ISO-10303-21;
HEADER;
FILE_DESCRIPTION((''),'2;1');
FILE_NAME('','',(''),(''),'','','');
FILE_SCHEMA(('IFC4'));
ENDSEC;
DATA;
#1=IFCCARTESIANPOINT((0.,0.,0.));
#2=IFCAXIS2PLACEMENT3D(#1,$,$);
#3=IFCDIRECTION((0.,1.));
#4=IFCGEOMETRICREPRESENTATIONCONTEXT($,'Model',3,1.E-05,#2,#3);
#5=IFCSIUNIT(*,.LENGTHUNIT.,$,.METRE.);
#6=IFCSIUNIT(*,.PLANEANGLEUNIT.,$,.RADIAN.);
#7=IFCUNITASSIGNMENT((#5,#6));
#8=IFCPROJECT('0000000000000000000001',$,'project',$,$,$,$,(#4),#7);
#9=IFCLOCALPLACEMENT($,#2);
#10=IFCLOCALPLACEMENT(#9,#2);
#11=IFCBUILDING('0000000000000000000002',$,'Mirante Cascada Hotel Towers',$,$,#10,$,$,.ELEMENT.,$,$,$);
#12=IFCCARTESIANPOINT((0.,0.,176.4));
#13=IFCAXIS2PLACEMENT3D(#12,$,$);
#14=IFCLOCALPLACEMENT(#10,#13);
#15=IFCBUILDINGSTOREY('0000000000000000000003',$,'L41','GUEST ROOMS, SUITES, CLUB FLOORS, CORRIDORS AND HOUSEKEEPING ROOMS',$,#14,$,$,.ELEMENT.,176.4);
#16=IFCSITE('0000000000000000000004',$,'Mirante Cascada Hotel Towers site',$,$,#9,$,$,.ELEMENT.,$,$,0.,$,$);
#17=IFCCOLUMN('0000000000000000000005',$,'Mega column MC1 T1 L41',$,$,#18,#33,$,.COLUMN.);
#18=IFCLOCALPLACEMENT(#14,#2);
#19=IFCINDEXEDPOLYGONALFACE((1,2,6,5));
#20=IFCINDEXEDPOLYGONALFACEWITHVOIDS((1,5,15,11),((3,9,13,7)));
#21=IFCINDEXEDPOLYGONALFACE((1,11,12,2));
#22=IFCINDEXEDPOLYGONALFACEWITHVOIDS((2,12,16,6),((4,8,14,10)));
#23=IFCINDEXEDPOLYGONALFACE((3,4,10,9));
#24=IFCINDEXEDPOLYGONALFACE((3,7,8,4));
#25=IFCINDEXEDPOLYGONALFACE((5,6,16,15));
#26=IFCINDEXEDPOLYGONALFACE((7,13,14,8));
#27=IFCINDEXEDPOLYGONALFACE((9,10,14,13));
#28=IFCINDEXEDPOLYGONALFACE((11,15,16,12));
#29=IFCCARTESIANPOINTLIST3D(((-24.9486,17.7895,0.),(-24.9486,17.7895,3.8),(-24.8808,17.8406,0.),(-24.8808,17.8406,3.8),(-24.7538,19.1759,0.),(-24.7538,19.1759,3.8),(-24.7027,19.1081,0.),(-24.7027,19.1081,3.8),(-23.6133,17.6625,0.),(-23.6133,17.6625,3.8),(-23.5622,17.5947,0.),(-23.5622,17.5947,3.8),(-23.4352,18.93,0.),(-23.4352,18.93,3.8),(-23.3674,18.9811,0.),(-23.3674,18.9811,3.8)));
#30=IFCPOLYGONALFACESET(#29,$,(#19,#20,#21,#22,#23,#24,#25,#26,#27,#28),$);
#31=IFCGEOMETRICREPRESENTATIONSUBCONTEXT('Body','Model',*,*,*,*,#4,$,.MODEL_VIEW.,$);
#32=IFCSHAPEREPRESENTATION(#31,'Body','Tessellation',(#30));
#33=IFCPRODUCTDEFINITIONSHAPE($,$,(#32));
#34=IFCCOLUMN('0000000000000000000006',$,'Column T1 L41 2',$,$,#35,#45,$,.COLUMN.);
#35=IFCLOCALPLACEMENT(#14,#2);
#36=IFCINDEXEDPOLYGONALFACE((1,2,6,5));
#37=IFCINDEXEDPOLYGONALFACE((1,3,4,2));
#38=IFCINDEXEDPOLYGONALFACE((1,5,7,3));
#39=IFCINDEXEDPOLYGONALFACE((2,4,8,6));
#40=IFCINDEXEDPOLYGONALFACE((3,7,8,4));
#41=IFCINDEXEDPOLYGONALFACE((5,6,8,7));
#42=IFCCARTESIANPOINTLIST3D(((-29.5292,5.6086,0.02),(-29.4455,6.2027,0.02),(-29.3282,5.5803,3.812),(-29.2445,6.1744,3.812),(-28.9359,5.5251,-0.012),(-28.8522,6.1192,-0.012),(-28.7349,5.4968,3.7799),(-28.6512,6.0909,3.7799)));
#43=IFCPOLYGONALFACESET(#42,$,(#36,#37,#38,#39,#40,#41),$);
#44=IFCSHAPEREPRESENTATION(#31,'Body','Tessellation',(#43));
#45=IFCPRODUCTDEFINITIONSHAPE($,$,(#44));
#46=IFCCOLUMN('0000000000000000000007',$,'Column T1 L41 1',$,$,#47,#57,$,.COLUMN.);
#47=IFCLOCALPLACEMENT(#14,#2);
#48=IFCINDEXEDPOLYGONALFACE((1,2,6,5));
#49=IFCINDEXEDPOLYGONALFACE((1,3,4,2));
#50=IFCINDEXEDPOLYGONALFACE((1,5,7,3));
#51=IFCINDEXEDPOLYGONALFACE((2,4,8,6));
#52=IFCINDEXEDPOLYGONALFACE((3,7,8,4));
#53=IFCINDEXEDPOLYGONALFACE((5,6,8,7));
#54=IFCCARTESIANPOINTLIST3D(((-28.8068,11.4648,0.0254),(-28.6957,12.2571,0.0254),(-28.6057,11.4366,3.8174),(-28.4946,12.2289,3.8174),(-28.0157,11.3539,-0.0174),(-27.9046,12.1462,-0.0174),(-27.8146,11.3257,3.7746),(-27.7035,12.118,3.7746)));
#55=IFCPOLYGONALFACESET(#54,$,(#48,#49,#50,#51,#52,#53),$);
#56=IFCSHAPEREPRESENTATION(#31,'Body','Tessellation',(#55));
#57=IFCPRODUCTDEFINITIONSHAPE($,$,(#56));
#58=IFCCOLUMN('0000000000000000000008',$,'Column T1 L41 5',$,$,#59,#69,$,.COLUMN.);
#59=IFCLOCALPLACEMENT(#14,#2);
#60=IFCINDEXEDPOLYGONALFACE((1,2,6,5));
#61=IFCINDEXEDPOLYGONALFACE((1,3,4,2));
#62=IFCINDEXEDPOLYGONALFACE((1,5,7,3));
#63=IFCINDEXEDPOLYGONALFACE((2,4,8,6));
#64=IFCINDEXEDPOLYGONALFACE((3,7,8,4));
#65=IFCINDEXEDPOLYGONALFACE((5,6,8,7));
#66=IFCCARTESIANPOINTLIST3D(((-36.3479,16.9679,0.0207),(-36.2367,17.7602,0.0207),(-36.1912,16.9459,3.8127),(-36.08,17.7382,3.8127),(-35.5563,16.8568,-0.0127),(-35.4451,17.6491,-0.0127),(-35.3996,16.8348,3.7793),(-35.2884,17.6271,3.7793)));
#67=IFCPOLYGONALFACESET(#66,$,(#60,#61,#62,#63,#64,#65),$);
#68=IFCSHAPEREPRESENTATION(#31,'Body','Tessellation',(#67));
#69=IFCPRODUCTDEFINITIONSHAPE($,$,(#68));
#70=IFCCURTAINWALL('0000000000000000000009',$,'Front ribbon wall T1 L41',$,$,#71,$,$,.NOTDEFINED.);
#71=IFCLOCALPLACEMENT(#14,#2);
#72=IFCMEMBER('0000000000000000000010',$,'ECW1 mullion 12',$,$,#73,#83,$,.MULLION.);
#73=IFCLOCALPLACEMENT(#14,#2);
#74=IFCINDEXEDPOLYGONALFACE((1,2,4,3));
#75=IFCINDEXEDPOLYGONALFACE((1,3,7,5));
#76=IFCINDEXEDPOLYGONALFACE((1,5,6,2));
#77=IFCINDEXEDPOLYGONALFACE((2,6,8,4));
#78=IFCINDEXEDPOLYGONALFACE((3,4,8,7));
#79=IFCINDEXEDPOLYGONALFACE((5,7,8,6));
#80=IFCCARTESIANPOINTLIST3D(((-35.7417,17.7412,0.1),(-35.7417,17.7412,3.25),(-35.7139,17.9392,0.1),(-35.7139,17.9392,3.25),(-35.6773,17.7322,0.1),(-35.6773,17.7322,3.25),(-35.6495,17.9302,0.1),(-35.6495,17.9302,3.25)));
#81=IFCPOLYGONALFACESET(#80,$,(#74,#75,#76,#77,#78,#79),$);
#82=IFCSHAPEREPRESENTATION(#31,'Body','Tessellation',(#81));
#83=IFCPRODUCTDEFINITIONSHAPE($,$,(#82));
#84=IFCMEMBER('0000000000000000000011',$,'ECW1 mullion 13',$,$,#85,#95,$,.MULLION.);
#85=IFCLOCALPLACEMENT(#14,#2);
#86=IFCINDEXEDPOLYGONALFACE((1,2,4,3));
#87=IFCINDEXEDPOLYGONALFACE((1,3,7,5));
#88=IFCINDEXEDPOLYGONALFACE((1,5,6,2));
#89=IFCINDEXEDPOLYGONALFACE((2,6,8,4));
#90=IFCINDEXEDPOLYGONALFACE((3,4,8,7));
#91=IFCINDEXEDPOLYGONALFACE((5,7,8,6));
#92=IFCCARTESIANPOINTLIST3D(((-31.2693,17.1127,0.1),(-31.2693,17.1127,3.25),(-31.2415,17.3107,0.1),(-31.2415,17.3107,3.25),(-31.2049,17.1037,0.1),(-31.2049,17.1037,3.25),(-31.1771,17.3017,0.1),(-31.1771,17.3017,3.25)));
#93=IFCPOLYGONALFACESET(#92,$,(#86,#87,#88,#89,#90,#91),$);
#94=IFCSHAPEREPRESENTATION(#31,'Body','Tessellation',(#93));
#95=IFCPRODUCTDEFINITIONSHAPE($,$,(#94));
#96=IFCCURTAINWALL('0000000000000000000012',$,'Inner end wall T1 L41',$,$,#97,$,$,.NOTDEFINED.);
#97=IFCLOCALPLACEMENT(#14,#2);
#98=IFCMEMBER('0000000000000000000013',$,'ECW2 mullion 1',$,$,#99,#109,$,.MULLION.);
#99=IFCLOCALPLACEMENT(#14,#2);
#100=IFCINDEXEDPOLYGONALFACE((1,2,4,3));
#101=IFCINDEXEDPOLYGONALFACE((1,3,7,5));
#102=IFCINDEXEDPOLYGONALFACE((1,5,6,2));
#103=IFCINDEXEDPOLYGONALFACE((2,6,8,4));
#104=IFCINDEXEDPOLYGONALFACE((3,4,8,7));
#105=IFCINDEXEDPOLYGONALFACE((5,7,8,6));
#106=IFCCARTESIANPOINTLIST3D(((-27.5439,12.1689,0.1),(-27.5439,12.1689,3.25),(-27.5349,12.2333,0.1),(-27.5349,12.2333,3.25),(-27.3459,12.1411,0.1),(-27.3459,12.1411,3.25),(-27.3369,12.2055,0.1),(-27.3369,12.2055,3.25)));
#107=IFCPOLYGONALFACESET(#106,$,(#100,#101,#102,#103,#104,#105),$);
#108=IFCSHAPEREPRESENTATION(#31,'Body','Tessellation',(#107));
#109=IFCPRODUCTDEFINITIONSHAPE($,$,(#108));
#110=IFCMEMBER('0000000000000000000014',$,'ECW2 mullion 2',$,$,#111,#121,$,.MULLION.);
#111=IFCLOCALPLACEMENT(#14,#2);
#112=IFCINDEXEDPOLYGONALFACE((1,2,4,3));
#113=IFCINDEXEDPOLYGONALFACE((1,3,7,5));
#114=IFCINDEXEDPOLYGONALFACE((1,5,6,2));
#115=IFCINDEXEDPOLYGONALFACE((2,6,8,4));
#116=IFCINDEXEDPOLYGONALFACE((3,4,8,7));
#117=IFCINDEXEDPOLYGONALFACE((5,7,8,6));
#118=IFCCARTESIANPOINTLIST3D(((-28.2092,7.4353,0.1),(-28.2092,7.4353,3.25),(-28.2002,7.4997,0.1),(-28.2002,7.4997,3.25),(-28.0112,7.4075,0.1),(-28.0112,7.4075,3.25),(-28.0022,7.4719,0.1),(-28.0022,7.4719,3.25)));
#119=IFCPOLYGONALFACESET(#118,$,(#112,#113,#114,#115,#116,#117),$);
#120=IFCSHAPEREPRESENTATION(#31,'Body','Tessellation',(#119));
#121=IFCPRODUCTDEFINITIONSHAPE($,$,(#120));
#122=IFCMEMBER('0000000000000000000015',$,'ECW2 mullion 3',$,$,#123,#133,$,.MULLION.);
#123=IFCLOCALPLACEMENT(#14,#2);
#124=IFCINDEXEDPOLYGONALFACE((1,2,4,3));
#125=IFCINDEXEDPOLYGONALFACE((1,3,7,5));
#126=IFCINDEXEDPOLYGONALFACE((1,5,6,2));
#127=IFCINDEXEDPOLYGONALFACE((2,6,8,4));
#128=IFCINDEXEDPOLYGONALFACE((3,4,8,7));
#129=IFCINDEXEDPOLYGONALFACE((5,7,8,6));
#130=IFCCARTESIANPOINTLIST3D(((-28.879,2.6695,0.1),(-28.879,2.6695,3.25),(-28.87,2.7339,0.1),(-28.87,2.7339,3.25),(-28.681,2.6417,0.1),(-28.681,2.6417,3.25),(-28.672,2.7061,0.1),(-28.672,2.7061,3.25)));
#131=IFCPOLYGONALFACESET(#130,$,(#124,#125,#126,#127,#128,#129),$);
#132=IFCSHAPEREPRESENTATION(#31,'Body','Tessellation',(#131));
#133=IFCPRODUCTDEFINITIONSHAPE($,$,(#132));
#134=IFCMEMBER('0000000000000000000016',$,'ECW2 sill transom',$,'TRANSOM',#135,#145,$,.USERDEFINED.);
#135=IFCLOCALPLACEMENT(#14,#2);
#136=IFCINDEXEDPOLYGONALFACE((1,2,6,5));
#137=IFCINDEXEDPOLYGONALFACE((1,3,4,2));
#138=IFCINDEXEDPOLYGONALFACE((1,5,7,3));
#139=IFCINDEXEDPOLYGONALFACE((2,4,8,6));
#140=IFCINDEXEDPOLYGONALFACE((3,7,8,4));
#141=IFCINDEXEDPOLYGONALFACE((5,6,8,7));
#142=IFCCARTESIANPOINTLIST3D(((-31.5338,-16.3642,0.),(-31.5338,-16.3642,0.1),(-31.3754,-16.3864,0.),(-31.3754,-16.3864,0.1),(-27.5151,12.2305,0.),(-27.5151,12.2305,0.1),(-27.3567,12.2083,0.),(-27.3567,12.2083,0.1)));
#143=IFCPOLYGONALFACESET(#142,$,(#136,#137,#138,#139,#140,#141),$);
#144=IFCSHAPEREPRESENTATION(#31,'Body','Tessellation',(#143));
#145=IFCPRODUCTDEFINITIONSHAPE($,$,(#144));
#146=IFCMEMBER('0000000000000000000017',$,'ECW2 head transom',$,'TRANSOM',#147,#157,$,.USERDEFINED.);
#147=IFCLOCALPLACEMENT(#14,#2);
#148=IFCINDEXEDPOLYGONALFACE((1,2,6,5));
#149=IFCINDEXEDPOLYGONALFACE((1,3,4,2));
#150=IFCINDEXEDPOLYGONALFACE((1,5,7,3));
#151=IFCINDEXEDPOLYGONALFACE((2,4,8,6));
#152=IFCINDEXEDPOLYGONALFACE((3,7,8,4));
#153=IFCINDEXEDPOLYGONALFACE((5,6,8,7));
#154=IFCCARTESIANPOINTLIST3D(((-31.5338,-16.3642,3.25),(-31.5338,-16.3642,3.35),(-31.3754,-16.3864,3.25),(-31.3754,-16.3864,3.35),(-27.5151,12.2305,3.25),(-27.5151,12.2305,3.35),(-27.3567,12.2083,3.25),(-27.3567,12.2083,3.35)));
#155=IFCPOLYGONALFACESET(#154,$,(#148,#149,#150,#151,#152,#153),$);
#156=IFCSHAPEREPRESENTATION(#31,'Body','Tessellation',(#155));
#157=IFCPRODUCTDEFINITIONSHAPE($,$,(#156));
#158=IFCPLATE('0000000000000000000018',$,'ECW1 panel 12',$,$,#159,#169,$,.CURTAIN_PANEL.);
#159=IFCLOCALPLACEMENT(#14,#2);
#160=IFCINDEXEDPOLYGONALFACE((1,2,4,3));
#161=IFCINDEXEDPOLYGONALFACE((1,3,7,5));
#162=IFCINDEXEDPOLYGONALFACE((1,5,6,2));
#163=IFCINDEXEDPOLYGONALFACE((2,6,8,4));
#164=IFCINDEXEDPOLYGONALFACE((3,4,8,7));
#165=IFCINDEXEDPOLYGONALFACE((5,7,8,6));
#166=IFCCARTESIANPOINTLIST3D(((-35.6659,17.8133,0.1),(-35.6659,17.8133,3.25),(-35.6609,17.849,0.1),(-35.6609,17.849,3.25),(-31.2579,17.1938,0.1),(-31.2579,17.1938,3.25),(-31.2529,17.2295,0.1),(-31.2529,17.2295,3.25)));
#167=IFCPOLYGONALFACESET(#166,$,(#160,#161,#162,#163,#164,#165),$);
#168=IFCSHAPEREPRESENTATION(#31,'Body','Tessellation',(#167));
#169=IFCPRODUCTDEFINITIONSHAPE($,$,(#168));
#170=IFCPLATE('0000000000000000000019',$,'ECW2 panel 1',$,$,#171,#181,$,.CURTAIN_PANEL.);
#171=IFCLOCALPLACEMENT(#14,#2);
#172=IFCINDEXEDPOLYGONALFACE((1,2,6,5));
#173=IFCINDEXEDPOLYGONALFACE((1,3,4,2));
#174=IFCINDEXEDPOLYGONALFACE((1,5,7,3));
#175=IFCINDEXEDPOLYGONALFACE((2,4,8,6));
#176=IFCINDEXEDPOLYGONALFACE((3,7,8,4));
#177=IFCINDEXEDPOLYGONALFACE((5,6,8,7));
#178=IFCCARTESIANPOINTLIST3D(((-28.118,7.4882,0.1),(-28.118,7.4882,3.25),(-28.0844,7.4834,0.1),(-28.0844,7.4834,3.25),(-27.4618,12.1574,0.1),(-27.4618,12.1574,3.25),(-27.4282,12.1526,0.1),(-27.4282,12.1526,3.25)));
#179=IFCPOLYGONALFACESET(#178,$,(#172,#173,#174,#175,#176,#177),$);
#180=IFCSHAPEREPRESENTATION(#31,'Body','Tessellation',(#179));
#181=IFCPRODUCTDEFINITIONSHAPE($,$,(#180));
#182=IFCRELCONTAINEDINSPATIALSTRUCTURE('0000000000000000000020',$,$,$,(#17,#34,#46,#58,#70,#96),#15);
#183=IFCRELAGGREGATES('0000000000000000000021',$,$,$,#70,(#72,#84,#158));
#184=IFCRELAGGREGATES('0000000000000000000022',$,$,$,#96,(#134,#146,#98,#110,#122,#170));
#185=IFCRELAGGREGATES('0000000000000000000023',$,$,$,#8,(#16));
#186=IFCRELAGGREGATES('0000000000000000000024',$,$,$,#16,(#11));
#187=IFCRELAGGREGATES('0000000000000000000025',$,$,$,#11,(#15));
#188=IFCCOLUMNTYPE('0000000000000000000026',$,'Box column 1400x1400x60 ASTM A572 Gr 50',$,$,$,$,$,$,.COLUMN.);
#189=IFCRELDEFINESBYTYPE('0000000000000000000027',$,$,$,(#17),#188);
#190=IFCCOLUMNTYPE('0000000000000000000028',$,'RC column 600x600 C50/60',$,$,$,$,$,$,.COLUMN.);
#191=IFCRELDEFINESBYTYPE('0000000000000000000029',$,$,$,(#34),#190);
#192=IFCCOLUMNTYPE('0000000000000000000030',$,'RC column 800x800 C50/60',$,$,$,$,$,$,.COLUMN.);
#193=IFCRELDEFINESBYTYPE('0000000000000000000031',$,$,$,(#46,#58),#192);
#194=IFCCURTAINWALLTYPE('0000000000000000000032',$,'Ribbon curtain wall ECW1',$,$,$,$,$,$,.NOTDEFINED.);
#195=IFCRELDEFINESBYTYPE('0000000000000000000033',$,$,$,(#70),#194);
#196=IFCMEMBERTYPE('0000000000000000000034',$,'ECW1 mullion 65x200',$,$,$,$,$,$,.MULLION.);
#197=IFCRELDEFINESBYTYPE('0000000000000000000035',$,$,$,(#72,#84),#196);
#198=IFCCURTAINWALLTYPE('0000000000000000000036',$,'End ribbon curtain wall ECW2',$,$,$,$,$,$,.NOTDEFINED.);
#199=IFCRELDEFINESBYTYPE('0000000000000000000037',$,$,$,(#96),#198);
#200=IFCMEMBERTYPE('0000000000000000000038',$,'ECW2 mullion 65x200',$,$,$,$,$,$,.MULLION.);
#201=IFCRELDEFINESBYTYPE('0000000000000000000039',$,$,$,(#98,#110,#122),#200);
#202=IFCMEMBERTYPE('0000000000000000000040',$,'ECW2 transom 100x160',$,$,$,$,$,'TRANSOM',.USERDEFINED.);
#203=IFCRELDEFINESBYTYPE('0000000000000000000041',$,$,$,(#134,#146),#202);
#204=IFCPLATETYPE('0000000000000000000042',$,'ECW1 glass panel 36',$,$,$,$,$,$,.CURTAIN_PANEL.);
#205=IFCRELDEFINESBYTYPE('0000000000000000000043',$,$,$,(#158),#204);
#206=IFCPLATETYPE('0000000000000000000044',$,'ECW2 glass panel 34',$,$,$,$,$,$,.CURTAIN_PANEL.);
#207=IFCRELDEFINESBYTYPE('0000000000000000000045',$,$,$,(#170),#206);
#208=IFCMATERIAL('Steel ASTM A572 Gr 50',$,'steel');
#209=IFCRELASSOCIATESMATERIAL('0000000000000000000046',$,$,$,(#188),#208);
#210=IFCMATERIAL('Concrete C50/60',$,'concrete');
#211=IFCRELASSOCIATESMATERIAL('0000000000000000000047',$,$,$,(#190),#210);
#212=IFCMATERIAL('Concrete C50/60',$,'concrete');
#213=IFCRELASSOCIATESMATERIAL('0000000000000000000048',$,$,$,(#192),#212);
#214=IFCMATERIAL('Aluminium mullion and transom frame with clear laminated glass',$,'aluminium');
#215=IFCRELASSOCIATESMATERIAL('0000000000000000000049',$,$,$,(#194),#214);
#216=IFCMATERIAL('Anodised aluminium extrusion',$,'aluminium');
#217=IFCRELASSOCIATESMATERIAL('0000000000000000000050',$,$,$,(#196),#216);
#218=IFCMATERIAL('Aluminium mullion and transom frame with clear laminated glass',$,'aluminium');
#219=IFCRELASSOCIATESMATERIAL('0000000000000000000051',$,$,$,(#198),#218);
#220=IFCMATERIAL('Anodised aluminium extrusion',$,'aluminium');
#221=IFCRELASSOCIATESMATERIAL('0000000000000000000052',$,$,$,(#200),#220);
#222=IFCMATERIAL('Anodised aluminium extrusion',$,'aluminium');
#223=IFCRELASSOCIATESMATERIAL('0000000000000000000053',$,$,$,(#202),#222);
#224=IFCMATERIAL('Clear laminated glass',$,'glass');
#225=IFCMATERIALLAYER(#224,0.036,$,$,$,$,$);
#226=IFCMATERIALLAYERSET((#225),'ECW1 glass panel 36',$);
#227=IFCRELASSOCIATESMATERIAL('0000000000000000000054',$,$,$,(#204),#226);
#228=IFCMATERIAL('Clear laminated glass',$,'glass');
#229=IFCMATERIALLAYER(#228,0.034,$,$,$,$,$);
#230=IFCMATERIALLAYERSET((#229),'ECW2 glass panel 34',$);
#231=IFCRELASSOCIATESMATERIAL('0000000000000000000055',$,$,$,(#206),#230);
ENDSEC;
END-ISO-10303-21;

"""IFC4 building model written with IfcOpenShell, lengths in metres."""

from ifc_helpers import new_model, si_unit, direction, frame, origin, origin_2d, place, context, subcontext, project, spatial, rectangle, hollow_rectangle, extrude, material, layer, layer_set, material_profile, profile_set, type_object, element, aggregate, save


model = new_model("IFC4")

# Units and contexts
model_context = context("Model", 3, precision=1e-05, world=origin(), true_north=direction((0.0, 1.0)))
body_context = subcontext(model_context, "Body", "Model", "MODEL_VIEW")
ifc_project = project(units=[si_unit("LENGTHUNIT", "METRE"), si_unit("PLANEANGLEUNIT", "RADIAN")], contexts=[model_context])

# Site, building, storey
site_placement = place(None, origin())
site = spatial("IfcSite", under=ifc_project, at=site_placement, Name="Mirante Cascada Hotel Towers site", CompositionType="ELEMENT", RefElevation=0.0)
building_placement = place(site_placement, origin())
building = spatial("IfcBuilding", under=site, at=building_placement, Name="Mirante Cascada Hotel Towers", CompositionType="ELEMENT")
storey_placement = place(building_placement, frame((0.0, 0.0, 176.4)))
storey = spatial("IfcBuildingStorey", under=building, at=storey_placement, Name="L41", Description="GUEST ROOMS, SUITES, CLUB FLOORS, CORRIDORS AND HOUSEKEEPING ROOMS", CompositionType="ELEMENT", Elevation=176.4)

# Columns
ifc_material_1 = material(Name="Steel ASTM A572 Gr 50", Category="steel")
ifc_material_profile_1 = material_profile(ifc_material_1, hollow_rectangle(XDim=1.4, YDim=1.4, WallThickness=0.06, at=origin_2d()), Name="Box column 1400x1400x60 ASTM A572 Gr 50")
ifc_profile_set_1 = profile_set([ifc_material_profile_1], Name="Steel ASTM A572 Gr 50")
column_type_1 = type_object("IfcColumnType", Name="Box column 1400x1400x60 ASTM A572 Gr 50", PredefinedType="COLUMN", material=ifc_profile_set_1)
column_1_placement = place(storey_placement, frame((-24.158, 18.3853, 0.0), z_axis=(0.0, 0.0, 1.0), x_axis=(-0.990268, 0.139173, 0.0)))
element("IfcColumn", 1, at=column_1_placement, inside=storey, type_object=column_type_1, Name="Mega column MC1 T1 L41", PredefinedType="COLUMN", context=body_context, shape_type="SweptSolid", body=[
    extrude(hollow_rectangle(XDim=1.4, YDim=1.4, WallThickness=0.06, at=origin_2d()), origin(), (0.0, 0.0, 1.0), 3.8),
])
ifc_material_2 = material(Name="Concrete C50/60", Category="concrete")
ifc_material_profile_2 = material_profile(ifc_material_2, rectangle(XDim=0.6, YDim=0.6, at=origin_2d()), Name="RC column 600x600 C50/60")
ifc_profile_set_2 = profile_set([ifc_material_profile_2], Name="Concrete C50/60")
column_type_2 = type_object("IfcColumnType", Name="RC column 600x600 C50/60", PredefinedType="COLUMN", material=ifc_profile_set_2)
column_2_placement = place(storey_placement, frame((-29.1907, 5.8639, 0.004), z_axis=(0.052931, -0.007452, 0.99857), x_axis=(0.139421, 0.990233, 0.0)))
element("IfcColumn", 2, at=column_2_placement, inside=storey, type_object=column_type_2, Name="Column T1 L41 2", PredefinedType="COLUMN", context=body_context, shape_type="SweptSolid", body=[
    extrude(rectangle(XDim=0.6, YDim=0.6, at=origin_2d()), origin(), (0.0, 0.0, 1.0), 3.7974),
])
ifc_material_3 = material(Name="Concrete C50/60", Category="concrete")
ifc_material_profile_3 = material_profile(ifc_material_3, rectangle(XDim=0.8, YDim=0.8, at=origin_2d()), Name="RC column 800x800 C50/60")
ifc_profile_set_3 = profile_set([ifc_material_profile_3], Name="Concrete C50/60")
column_type_3 = type_object("IfcColumnType", Name="RC column 800x800 C50/60", PredefinedType="COLUMN", material=ifc_profile_set_3)
column_3_placement = place(storey_placement, frame((-28.3557, 11.8055, 0.004), z_axis=(0.052957, -0.007426, 0.998569), x_axis=(0.13887, 0.990311, 0.0)))
element("IfcColumn", 3, at=column_3_placement, inside=storey, type_object=column_type_3, Name="Column T1 L41 1", PredefinedType="COLUMN", context=body_context, shape_type="SweptSolid", body=[
    extrude(rectangle(XDim=0.8, YDim=0.8, at=origin_2d()), origin(), (0.0, 0.0, 1.0), 3.7974),
])
column_4_placement = place(storey_placement, frame((-35.8965, 17.3085, 0.004), z_axis=(0.041288, -0.005797, 0.999131), x_axis=(0.139032, 0.990288, 0.0)))
element("IfcColumn", 4, at=column_4_placement, inside=storey, type_object=column_type_3, Name="Column T1 L41 5", PredefinedType="COLUMN", context=body_context, shape_type="SweptSolid", body=[
    extrude(rectangle(XDim=0.8, YDim=0.8, at=origin_2d()), origin(), (0.0, 0.0, 1.0), 3.7953),
])

# Curtain walls, members
ifc_material_4 = material(Name="Aluminium mullion and transom frame with clear laminated glass", Category="aluminium")
curtain_wall_type_1 = type_object("IfcCurtainWallType", Name="Ribbon curtain wall ECW1", PredefinedType="NOTDEFINED", material=ifc_material_4)
curtain_wall_1_placement = place(storey_placement, origin())
curtain_wall_1 = element("IfcCurtainWall", 5, at=curtain_wall_1_placement, inside=storey, type_object=curtain_wall_type_1, Name="Front ribbon wall T1 L41", PredefinedType="NOTDEFINED")
ifc_material_5 = material(Name="Anodised aluminium extrusion", Category="aluminium")
ifc_material_profile_4 = material_profile(ifc_material_5, rectangle(XDim=0.2, YDim=0.065, at=origin_2d()), Name="ECW1 MULLION 65x200")
ifc_profile_set_4 = profile_set([ifc_material_profile_4], Name="Anodised aluminium extrusion")
member_type_1 = type_object("IfcMemberType", Name="ECW1 mullion 65x200", PredefinedType="MULLION", material=ifc_profile_set_4)
member_1_placement = place(storey_placement, frame((-35.6956, 17.8357, 0.1), z_axis=(0.0, 0.0, 1.0), x_axis=(0.139173, 0.990268, 0.0)))
member_1 = element("IfcMember", 6, at=member_1_placement, type_object=member_type_1, Name="ECW1 mullion 12", PredefinedType="MULLION", context=body_context, shape_type="SweptSolid", body=[
    extrude(rectangle(XDim=0.2, YDim=0.065, at=origin_2d()), origin(), (0.0, 0.0, 1.0), 3.15),
])
member_2_placement = place(storey_placement, frame((-31.2232, 17.2072, 0.1), z_axis=(0.0, 0.0, 1.0), x_axis=(0.139173, 0.990268, 0.0)))
member_2 = element("IfcMember", 7, at=member_2_placement, type_object=member_type_1, Name="ECW1 mullion 13", PredefinedType="MULLION", context=body_context, shape_type="SweptSolid", body=[
    extrude(rectangle(XDim=0.2, YDim=0.065, at=origin_2d()), origin(), (0.0, 0.0, 1.0), 3.15),
])
ifc_material_6 = material(Name="Aluminium mullion and transom frame with clear laminated glass", Category="aluminium")
curtain_wall_type_2 = type_object("IfcCurtainWallType", Name="End ribbon curtain wall ECW2", PredefinedType="NOTDEFINED", material=ifc_material_6)
curtain_wall_2_placement = place(storey_placement, origin())
curtain_wall_2 = element("IfcCurtainWall", 8, at=curtain_wall_2_placement, inside=storey, type_object=curtain_wall_type_2, Name="Inner end wall T1 L41", PredefinedType="NOTDEFINED")
ifc_material_7 = material(Name="Anodised aluminium extrusion", Category="aluminium")
ifc_material_profile_5 = material_profile(ifc_material_7, rectangle(XDim=0.2, YDim=0.065, at=origin_2d()), Name="ECW2 MULLION 65x200")
ifc_profile_set_5 = profile_set([ifc_material_profile_5], Name="Anodised aluminium extrusion")
member_type_2 = type_object("IfcMemberType", Name="ECW2 mullion 65x200", PredefinedType="MULLION", material=ifc_profile_set_5)
member_3_placement = place(storey_placement, frame((-27.4404, 12.1872, 0.1), z_axis=(0.0, 0.0, 1.0), x_axis=(0.990268, -0.139173, 0.0)))
member_3 = element("IfcMember", 9, at=member_3_placement, type_object=member_type_2, Name="ECW2 mullion 1", PredefinedType="MULLION", context=body_context, shape_type="SweptSolid", body=[
    extrude(rectangle(XDim=0.2, YDim=0.065, at=origin_2d()), origin(), (0.0, 0.0, 1.0), 3.15),
])
member_4_placement = place(storey_placement, frame((-28.1057, 7.4536, 0.1), z_axis=(0.0, 0.0, 1.0), x_axis=(0.990268, -0.139173, 0.0)))
member_4 = element("IfcMember", 10, at=member_4_placement, type_object=member_type_2, Name="ECW2 mullion 2", PredefinedType="MULLION", context=body_context, shape_type="SweptSolid", body=[
    extrude(rectangle(XDim=0.2, YDim=0.065, at=origin_2d()), origin(), (0.0, 0.0, 1.0), 3.15),
])
member_5_placement = place(storey_placement, frame((-28.7755, 2.6878, 0.1), z_axis=(0.0, 0.0, 1.0), x_axis=(0.990268, -0.139173, 0.0)))
member_5 = element("IfcMember", 11, at=member_5_placement, type_object=member_type_2, Name="ECW2 mullion 3", PredefinedType="MULLION", context=body_context, shape_type="SweptSolid", body=[
    extrude(rectangle(XDim=0.2, YDim=0.065, at=origin_2d()), origin(), (0.0, 0.0, 1.0), 3.15),
])
ifc_material_8 = material(Name="Anodised aluminium extrusion", Category="aluminium")
ifc_material_profile_6 = material_profile(ifc_material_8, rectangle(XDim=0.16, YDim=0.1, at=origin_2d()), Name="ECW2 TRANSOM 100x160")
ifc_profile_set_6 = profile_set([ifc_material_profile_6], Name="Anodised aluminium extrusion")
member_type_3 = type_object("IfcMemberType", Name="ECW2 transom 100x160", ElementType="TRANSOM", PredefinedType="USERDEFINED", material=ifc_profile_set_6)
member_6_placement = place(storey_placement, frame((-27.4359, 12.2194, 0.05), z_axis=(-0.139172, -0.990268, 0.0), x_axis=(0.990268, -0.139172, 0.0)))
member_6 = element("IfcMember", 12, at=member_6_placement, type_object=member_type_3, Name="ECW2 sill transom", ObjectType="TRANSOM", PredefinedType="USERDEFINED", context=body_context, shape_type="SweptSolid", body=[
    extrude(rectangle(XDim=0.16, YDim=0.1, at=origin_2d()), origin(), (0.0, 0.0, 1.0), 28.8757),
])
member_7_placement = place(storey_placement, frame((-27.4359, 12.2194, 3.3), z_axis=(-0.139172, -0.990268, 0.0), x_axis=(0.990268, -0.139172, 0.0)))
member_7 = element("IfcMember", 13, at=member_7_placement, type_object=member_type_3, Name="ECW2 head transom", ObjectType="TRANSOM", PredefinedType="USERDEFINED", context=body_context, shape_type="SweptSolid", body=[
    extrude(rectangle(XDim=0.16, YDim=0.1, at=origin_2d()), origin(), (0.0, 0.0, 1.0), 28.8757),
])

# Plates
ifc_material_9 = material(Name="Clear laminated glass", Category="glass")
ifc_layer_1 = layer(ifc_material_9, 0.036)
ifc_layer_set_1 = layer_set([ifc_layer_1], Name="ECW1 glass panel 36")
plate_type_1 = type_object("IfcPlateType", Name="ECW1 glass panel 36", PredefinedType="CURTAIN_PANEL", material=ifc_layer_set_1)
plate_1_placement = place(storey_placement, frame((-33.4594, 17.5214, 0.1), z_axis=(0.0, 0.0, 1.0), x_axis=(0.990268, -0.139173, 0.0)))
plate_1 = element("IfcPlate", 14, at=plate_1_placement, type_object=plate_type_1, Name="ECW1 panel 12", PredefinedType="CURTAIN_PANEL", context=body_context, shape_type="SweptSolid", body=[
    extrude(rectangle(XDim=4.4513, YDim=0.036, at=origin_2d()), origin(), (0.0, 0.0, 1.0), 3.15),
])
aggregate(curtain_wall_1, [member_1, member_2, plate_1])
ifc_material_10 = material(Name="Clear laminated glass", Category="glass")
ifc_layer_2 = layer(ifc_material_10, 0.034)
ifc_layer_set_2 = layer_set([ifc_layer_2], Name="ECW2 glass panel 34")
plate_type_2 = type_object("IfcPlateType", Name="ECW2 glass panel 34", PredefinedType="CURTAIN_PANEL", material=ifc_layer_set_2)
plate_2_placement = place(storey_placement, frame((-27.7731, 9.8204, 0.1), z_axis=(0.0, 0.0, 1.0), x_axis=(-0.139173, -0.990268, 0.0)))
plate_2 = element("IfcPlate", 15, at=plate_2_placement, type_object=plate_type_2, Name="ECW2 panel 1", PredefinedType="CURTAIN_PANEL", context=body_context, shape_type="SweptSolid", body=[
    extrude(rectangle(XDim=4.7151, YDim=0.034, at=origin_2d()), origin(), (0.0, 0.0, 1.0), 3.15),
])
aggregate(curtain_wall_2, [member_6, member_7, member_3, member_4, member_5, plate_2])

save(model, "model.ifc")
